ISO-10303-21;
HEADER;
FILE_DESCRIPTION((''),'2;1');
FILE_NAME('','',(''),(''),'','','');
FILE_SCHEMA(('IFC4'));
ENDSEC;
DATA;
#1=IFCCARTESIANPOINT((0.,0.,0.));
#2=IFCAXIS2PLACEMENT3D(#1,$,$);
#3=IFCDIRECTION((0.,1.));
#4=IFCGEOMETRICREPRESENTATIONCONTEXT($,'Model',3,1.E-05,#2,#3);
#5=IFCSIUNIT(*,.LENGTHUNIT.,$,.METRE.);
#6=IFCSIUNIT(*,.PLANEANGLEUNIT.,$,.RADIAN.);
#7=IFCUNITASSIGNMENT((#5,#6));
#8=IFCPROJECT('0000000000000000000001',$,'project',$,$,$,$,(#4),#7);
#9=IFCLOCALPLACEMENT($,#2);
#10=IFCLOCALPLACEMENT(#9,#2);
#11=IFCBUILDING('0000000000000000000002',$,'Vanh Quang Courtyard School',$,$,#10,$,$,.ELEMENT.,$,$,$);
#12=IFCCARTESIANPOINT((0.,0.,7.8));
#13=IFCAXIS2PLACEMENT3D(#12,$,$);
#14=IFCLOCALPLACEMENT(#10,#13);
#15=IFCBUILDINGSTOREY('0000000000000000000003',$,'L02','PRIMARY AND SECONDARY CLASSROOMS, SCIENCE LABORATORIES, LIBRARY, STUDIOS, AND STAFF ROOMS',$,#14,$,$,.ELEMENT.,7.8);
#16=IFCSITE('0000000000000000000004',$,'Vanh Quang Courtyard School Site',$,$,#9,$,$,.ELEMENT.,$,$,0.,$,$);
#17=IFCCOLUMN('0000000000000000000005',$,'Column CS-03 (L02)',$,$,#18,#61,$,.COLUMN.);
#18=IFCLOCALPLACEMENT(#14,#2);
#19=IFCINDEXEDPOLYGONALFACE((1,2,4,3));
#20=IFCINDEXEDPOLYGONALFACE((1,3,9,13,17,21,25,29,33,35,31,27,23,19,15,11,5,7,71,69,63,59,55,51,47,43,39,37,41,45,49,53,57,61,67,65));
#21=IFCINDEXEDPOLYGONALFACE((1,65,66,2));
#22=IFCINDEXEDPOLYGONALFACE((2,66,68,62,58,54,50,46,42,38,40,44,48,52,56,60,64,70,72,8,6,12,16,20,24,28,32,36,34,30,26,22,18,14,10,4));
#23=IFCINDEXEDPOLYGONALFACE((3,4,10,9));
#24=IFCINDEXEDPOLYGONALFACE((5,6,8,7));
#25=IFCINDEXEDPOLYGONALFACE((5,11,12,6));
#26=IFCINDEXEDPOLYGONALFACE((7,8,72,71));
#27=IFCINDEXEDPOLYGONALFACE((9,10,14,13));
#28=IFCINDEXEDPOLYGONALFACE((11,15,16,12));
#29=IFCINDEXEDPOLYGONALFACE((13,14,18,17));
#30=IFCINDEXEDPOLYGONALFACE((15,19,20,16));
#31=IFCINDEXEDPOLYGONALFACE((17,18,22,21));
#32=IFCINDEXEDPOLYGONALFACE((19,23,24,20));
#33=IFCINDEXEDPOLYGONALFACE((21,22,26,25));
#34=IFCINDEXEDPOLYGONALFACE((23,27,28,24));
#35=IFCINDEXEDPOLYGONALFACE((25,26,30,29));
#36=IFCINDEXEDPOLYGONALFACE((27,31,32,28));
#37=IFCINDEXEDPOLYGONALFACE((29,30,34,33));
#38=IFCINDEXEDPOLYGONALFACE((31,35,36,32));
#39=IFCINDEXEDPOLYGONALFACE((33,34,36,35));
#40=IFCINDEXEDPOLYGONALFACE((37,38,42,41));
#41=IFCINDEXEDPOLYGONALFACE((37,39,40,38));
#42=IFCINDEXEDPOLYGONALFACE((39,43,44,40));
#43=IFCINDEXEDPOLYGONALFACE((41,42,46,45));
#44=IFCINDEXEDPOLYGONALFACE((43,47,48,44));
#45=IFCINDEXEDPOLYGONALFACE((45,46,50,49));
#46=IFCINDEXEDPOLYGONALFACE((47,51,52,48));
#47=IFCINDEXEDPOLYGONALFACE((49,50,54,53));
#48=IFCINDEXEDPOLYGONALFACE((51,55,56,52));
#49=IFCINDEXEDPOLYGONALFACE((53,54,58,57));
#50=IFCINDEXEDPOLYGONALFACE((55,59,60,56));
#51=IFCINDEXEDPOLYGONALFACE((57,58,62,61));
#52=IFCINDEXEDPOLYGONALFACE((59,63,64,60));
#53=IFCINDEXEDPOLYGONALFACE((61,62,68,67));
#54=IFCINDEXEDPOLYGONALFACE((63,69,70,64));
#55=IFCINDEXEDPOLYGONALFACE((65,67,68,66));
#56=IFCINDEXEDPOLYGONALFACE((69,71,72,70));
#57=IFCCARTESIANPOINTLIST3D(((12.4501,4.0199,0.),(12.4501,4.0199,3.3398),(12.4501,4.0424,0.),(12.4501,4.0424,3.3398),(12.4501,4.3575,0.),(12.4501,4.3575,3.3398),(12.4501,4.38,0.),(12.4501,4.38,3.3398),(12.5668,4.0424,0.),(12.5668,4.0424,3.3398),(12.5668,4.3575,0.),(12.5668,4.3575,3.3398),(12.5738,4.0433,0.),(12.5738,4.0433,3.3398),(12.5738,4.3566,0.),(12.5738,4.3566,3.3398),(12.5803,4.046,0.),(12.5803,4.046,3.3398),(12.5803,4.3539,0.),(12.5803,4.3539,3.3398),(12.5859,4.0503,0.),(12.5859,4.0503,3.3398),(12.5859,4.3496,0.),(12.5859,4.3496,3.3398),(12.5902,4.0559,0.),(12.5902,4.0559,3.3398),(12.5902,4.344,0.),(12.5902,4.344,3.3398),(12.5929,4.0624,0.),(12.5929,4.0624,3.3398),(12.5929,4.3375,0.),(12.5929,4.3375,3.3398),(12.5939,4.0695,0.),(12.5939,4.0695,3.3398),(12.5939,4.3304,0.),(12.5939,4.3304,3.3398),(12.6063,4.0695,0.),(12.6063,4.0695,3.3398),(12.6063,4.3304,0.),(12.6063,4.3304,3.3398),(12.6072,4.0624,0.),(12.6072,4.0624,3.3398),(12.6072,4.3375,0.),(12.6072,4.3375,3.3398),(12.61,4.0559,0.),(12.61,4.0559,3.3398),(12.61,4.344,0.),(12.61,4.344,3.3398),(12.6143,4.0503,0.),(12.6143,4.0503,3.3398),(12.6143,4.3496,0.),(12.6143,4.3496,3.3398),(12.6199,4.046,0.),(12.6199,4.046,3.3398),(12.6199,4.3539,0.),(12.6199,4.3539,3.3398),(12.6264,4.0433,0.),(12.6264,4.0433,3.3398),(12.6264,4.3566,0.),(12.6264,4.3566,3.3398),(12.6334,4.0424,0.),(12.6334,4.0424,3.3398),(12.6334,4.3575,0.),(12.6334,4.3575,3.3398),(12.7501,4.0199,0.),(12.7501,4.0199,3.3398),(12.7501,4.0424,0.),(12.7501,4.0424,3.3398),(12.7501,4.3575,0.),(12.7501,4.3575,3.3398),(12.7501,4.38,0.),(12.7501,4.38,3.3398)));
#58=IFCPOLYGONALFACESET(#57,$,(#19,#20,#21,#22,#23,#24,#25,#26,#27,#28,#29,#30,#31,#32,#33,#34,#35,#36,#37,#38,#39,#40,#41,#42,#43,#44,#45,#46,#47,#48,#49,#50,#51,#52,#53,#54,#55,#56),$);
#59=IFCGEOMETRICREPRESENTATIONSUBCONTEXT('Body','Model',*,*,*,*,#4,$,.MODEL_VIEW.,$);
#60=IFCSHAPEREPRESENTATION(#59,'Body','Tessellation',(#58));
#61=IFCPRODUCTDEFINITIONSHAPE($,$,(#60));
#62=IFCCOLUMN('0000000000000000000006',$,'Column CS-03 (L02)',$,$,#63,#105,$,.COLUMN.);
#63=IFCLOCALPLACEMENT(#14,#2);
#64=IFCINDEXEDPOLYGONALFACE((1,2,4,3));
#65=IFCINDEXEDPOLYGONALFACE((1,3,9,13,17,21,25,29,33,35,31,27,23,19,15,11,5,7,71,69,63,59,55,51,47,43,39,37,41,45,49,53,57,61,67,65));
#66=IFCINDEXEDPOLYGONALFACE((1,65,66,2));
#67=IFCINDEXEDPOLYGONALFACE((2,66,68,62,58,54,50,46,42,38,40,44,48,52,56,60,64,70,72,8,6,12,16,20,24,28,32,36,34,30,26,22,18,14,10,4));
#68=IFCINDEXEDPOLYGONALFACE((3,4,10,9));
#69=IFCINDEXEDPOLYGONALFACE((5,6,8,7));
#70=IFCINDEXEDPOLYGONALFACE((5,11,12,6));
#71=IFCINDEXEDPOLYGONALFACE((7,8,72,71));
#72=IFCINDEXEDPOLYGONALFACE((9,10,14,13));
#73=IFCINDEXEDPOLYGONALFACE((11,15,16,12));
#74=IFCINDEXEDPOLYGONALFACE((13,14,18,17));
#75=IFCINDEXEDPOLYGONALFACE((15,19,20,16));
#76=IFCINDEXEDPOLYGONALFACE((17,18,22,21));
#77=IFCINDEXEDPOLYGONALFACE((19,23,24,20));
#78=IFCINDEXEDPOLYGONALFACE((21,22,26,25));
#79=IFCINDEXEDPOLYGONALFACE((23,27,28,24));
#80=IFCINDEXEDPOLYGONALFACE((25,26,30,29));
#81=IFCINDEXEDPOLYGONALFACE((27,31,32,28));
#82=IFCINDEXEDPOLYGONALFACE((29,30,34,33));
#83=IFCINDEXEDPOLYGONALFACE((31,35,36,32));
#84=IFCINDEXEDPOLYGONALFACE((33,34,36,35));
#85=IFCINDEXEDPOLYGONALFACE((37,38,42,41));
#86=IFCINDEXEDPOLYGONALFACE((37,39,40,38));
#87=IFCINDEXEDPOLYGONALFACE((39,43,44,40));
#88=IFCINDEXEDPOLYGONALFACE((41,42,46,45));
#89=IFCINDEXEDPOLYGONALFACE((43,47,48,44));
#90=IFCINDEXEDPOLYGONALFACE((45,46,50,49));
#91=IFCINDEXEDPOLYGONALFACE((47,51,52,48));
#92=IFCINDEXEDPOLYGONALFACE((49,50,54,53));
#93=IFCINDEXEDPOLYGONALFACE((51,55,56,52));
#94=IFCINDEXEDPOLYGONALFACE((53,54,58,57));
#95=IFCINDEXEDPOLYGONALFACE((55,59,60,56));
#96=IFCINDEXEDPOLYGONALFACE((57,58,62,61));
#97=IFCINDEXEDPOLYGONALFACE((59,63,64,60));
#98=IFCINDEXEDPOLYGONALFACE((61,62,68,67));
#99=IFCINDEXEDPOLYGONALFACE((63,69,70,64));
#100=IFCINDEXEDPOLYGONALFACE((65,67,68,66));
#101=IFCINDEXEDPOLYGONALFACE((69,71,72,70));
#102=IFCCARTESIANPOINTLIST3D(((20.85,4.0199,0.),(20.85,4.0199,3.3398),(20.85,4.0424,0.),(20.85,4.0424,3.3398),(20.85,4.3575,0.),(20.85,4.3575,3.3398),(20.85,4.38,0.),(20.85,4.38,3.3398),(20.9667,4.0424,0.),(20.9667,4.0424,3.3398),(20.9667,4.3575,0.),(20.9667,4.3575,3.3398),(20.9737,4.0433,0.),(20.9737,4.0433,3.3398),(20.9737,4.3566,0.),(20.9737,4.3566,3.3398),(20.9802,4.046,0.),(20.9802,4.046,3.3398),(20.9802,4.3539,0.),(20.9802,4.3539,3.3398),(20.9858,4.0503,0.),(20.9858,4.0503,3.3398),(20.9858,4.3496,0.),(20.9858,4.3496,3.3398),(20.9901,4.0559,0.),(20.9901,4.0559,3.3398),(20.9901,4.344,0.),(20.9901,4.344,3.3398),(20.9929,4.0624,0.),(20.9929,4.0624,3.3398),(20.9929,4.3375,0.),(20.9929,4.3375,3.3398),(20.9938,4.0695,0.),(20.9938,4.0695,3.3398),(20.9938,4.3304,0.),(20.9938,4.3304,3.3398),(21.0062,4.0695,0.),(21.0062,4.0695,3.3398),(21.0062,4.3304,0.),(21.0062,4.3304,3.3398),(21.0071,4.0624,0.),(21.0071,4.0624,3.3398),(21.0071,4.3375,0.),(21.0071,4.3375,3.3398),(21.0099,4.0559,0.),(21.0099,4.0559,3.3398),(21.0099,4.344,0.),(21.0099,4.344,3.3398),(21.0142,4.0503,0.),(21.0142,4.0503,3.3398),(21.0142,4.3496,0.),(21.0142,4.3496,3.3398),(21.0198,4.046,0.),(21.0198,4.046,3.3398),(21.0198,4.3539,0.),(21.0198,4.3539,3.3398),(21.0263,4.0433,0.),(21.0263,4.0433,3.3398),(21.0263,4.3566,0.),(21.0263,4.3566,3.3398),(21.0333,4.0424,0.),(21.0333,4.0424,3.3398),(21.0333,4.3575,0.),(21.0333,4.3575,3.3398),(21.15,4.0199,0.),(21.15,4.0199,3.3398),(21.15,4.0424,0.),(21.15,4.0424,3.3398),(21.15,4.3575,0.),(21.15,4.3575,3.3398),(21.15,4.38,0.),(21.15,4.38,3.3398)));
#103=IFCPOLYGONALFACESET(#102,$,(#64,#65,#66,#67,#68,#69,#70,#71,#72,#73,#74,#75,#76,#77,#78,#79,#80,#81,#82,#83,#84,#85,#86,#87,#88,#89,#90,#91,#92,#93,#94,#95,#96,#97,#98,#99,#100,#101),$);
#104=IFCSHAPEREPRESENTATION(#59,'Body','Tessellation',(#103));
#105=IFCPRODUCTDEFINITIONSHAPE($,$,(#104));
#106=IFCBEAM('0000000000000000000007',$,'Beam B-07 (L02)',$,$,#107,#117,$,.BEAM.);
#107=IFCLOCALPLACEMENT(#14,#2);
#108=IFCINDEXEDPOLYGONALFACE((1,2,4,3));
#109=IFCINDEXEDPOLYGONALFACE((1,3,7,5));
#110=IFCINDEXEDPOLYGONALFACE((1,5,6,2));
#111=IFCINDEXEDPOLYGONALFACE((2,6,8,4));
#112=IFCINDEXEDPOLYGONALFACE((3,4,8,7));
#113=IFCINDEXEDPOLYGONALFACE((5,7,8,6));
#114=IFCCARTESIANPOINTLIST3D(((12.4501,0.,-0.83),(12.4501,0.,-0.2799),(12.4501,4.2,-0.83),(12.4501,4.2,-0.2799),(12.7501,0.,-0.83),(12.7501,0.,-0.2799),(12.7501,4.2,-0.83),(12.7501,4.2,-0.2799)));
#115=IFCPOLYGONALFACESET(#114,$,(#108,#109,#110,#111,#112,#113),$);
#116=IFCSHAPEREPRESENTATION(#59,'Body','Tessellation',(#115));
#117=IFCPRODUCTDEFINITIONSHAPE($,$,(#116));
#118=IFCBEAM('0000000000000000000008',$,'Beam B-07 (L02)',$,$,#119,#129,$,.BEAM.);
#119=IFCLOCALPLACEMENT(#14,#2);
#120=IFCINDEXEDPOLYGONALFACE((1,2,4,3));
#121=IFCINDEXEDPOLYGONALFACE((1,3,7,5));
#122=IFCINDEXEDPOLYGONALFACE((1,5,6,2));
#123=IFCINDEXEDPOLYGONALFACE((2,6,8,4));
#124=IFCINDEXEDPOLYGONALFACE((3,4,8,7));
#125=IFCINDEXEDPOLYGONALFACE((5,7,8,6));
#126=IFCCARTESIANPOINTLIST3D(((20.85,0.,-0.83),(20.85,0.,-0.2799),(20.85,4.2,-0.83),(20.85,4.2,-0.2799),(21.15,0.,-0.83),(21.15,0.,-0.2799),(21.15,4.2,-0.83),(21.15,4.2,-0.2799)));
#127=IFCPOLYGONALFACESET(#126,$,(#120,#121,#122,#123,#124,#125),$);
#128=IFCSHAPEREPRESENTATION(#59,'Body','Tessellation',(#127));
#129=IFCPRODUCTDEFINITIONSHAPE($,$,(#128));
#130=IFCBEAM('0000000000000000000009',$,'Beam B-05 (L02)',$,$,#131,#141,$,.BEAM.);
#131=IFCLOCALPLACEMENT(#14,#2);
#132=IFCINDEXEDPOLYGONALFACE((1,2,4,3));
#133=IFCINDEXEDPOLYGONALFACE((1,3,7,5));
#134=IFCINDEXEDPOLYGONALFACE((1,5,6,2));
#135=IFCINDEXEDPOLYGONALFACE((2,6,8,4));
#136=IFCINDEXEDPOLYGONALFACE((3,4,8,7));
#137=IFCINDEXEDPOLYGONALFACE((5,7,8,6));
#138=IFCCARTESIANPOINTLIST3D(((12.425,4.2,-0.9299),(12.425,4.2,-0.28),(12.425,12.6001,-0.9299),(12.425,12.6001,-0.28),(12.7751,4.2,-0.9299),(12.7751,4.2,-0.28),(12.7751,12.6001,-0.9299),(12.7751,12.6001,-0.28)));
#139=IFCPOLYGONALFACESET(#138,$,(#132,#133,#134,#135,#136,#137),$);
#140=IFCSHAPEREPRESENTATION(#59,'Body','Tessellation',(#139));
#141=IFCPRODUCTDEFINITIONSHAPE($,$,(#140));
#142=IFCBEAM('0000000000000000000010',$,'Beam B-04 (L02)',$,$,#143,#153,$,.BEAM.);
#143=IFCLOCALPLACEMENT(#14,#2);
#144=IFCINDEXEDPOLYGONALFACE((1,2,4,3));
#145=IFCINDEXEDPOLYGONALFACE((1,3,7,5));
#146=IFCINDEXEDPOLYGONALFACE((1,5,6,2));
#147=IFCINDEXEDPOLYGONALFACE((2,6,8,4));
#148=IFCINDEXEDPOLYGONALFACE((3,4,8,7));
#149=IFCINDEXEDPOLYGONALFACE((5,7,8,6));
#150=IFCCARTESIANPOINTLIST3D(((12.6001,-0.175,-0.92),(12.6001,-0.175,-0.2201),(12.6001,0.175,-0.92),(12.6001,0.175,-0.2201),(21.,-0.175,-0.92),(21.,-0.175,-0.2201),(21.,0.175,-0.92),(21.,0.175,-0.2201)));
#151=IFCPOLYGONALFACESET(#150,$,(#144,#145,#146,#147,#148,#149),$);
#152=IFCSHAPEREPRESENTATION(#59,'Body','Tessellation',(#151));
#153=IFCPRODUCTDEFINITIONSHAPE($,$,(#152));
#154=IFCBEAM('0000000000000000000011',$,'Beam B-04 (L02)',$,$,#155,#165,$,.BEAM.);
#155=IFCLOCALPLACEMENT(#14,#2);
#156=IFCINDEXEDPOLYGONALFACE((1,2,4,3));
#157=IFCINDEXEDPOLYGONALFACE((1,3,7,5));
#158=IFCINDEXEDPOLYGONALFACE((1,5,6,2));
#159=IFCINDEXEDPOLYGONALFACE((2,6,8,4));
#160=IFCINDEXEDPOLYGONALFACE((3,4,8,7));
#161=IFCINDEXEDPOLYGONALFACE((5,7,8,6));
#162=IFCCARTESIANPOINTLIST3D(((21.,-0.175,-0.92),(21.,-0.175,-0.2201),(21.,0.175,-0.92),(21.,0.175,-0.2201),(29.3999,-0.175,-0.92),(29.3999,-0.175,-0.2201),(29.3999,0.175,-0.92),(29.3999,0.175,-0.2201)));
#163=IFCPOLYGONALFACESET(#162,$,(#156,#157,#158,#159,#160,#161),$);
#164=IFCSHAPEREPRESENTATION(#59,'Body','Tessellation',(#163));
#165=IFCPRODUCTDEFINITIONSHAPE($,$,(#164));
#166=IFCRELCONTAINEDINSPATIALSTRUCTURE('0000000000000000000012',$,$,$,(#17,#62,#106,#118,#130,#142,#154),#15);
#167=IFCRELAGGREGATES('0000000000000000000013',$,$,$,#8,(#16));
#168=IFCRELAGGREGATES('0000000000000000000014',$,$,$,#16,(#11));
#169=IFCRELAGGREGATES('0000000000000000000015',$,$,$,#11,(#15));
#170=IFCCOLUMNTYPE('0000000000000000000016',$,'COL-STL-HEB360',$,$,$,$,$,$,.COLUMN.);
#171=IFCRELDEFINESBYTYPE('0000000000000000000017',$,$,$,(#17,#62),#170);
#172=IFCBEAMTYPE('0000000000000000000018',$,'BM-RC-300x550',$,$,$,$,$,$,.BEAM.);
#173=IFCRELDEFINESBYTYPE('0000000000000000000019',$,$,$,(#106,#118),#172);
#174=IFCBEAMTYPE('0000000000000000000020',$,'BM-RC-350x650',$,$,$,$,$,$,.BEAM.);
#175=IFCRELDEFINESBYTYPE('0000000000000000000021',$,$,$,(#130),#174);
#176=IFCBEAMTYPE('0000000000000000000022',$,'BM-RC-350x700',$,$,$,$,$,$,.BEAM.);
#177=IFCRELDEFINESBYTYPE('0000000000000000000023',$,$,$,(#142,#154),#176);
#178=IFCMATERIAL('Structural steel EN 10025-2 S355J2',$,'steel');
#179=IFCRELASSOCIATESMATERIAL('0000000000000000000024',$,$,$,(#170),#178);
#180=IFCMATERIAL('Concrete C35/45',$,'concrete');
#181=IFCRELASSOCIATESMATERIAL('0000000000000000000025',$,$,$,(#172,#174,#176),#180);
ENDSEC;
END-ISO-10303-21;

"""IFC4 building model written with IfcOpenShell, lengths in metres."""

from ifc_helpers import new_model, si_unit, direction, frame, origin, origin_2d, place, context, subcontext, project, spatial, rectangle, i_section, extrude, material, material_profile, profile_set, type_object, element, save


model = new_model("IFC4")

# Units and contexts
model_context = context("Model", 3, precision=1e-05, world=origin(), true_north=direction((0.0, 1.0)))
body_context = subcontext(model_context, "Body", "Model", "MODEL_VIEW")
ifc_project = project(units=[si_unit("LENGTHUNIT", "METRE"), si_unit("PLANEANGLEUNIT", "RADIAN")], contexts=[model_context])

# Site, building, storey
site_placement = place(None, origin())
site = spatial("IfcSite", under=ifc_project, at=site_placement, Name="Vanh Quang Courtyard School Site", CompositionType="ELEMENT", RefElevation=0.0)
building_placement = place(site_placement, origin())
building = spatial("IfcBuilding", under=site, at=building_placement, Name="Vanh Quang Courtyard School", CompositionType="ELEMENT")
storey_placement = place(building_placement, frame((0.0, 0.0, 7.8)))
storey = spatial("IfcBuildingStorey", under=building, at=storey_placement, Name="L02", Description="PRIMARY AND SECONDARY CLASSROOMS, SCIENCE LABORATORIES, LIBRARY, STUDIOS, AND STAFF ROOMS", CompositionType="ELEMENT", Elevation=7.8)

# Columns
ifc_material_1 = material(Name="Structural steel EN 10025-2 S355J2", Category="steel")
ifc_material_profile_1 = material_profile(ifc_material_1, i_section(OverallWidth=0.3, OverallDepth=0.3601, WebThickness=0.0125, FlangeThickness=0.0225, FilletRadius=0.0271, at=origin_2d()), Name="HEB 360")
ifc_profile_set_1 = profile_set([ifc_material_profile_1], Name="Structural steel EN 10025-2 S355J2")
column_type = type_object("IfcColumnType", Name="COL-STL-HEB360", PredefinedType="COLUMN", material=ifc_profile_set_1)
for number, where, z_axis, x_axis, name in (
    (1, (12.6001, 4.2, 0.0), (0.0, 0.0, 1.0), (1.0, 0.0, 0.0), "Column CS-03 (L02)"),
    (2, (21.0, 4.2, 0.0), (0.0, 0.0, 1.0), (1.0, 0.0, 0.0), "Column CS-03 (L02)"),
):
    element("IfcColumn", number, at=place(storey_placement, frame(where, z_axis=z_axis, x_axis=x_axis)), inside=storey, type_object=column_type, Name=name, PredefinedType="COLUMN", context=body_context, shape_type="SweptSolid", body=[
        extrude(i_section(OverallWidth=0.3, OverallDepth=0.3601, WebThickness=0.0125, FlangeThickness=0.0225, FilletRadius=0.0271, at=origin_2d()), origin(), (0.0, 0.0, 1.0), 3.3398),
    ])

# Beams
ifc_material_2 = material(Name="Concrete C35/45", Category="concrete")
ifc_material_profile_2 = material_profile(ifc_material_2, rectangle(XDim=0.3, YDim=0.55, at=origin_2d()), Name="RC-BM 300x550")
ifc_profile_set_2 = profile_set([ifc_material_profile_2], Name="Concrete C35/45")
beam_type_1 = type_object("IfcBeamType", Name="BM-RC-300x550", PredefinedType="BEAM", material=ifc_profile_set_2)
for number, where, z_axis, x_axis, name in (
    (3, (12.6001, 0.0, -0.5549), (0.0, 1.0, 0.0), (-1.0, 0.0, 0.0), "Beam B-07 (L02)"),
    (4, (21.0, 0.0, -0.5549), (0.0, 1.0, 0.0), (-1.0, 0.0, 0.0), "Beam B-07 (L02)"),
):
    element("IfcBeam", number, at=place(storey_placement, frame(where, z_axis=z_axis, x_axis=x_axis)), inside=storey, type_object=beam_type_1, Name=name, PredefinedType="BEAM", context=body_context, shape_type="SweptSolid", body=[
        extrude(rectangle(XDim=0.3, YDim=0.55, at=origin_2d()), origin(), (0.0, 0.0, 1.0), 4.2),
    ])
ifc_material_profile_3 = material_profile(ifc_material_2, rectangle(XDim=0.3501, YDim=0.6499, at=origin_2d()), Name="RC-BM 350x650")
ifc_profile_set_3 = profile_set([ifc_material_profile_3], Name="Concrete C35/45")
beam_type_2 = type_object("IfcBeamType", Name="BM-RC-350x650", PredefinedType="BEAM", material=ifc_profile_set_3)
beam_1_placement = place(storey_placement, frame((12.6001, 4.2, -0.605), z_axis=(0.0, 1.0, 0.0), x_axis=(-1.0, 0.0, 0.0)))
element("IfcBeam", 5, at=beam_1_placement, inside=storey, type_object=beam_type_2, Name="Beam B-05 (L02)", PredefinedType="BEAM", context=body_context, shape_type="SweptSolid", body=[
    extrude(rectangle(XDim=0.3501, YDim=0.6499, at=origin_2d()), origin(), (0.0, 0.0, 1.0), 8.4001),
])
ifc_material_profile_4 = material_profile(ifc_material_2, rectangle(XDim=0.3501, YDim=0.7, at=origin_2d()), Name="RC-BM 350x700")
ifc_profile_set_4 = profile_set([ifc_material_profile_4], Name="Concrete C35/45")
beam_type_3 = type_object("IfcBeamType", Name="BM-RC-350x700", PredefinedType="BEAM", material=ifc_profile_set_4)
for number, where, z_axis, x_axis, name in (
    (6, (12.6001, 0.0, -0.5701), (1.0, 0.0, 0.0), (0.0, 1.0, 0.0), "Beam B-04 (L02)"),
    (7, (21.0, 0.0, -0.5701), (1.0, 0.0, 0.0), (0.0, 1.0, 0.0), "Beam B-04 (L02)"),
):
    element("IfcBeam", number, at=place(storey_placement, frame(where, z_axis=z_axis, x_axis=x_axis)), inside=storey, type_object=beam_type_3, Name=name, PredefinedType="BEAM", context=body_context, shape_type="SweptSolid", body=[
        extrude(rectangle(XDim=0.3501, YDim=0.7, at=origin_2d()), origin(), (0.0, 0.0, 1.0), 8.3999),
    ])

save(model, "model.ifc")
